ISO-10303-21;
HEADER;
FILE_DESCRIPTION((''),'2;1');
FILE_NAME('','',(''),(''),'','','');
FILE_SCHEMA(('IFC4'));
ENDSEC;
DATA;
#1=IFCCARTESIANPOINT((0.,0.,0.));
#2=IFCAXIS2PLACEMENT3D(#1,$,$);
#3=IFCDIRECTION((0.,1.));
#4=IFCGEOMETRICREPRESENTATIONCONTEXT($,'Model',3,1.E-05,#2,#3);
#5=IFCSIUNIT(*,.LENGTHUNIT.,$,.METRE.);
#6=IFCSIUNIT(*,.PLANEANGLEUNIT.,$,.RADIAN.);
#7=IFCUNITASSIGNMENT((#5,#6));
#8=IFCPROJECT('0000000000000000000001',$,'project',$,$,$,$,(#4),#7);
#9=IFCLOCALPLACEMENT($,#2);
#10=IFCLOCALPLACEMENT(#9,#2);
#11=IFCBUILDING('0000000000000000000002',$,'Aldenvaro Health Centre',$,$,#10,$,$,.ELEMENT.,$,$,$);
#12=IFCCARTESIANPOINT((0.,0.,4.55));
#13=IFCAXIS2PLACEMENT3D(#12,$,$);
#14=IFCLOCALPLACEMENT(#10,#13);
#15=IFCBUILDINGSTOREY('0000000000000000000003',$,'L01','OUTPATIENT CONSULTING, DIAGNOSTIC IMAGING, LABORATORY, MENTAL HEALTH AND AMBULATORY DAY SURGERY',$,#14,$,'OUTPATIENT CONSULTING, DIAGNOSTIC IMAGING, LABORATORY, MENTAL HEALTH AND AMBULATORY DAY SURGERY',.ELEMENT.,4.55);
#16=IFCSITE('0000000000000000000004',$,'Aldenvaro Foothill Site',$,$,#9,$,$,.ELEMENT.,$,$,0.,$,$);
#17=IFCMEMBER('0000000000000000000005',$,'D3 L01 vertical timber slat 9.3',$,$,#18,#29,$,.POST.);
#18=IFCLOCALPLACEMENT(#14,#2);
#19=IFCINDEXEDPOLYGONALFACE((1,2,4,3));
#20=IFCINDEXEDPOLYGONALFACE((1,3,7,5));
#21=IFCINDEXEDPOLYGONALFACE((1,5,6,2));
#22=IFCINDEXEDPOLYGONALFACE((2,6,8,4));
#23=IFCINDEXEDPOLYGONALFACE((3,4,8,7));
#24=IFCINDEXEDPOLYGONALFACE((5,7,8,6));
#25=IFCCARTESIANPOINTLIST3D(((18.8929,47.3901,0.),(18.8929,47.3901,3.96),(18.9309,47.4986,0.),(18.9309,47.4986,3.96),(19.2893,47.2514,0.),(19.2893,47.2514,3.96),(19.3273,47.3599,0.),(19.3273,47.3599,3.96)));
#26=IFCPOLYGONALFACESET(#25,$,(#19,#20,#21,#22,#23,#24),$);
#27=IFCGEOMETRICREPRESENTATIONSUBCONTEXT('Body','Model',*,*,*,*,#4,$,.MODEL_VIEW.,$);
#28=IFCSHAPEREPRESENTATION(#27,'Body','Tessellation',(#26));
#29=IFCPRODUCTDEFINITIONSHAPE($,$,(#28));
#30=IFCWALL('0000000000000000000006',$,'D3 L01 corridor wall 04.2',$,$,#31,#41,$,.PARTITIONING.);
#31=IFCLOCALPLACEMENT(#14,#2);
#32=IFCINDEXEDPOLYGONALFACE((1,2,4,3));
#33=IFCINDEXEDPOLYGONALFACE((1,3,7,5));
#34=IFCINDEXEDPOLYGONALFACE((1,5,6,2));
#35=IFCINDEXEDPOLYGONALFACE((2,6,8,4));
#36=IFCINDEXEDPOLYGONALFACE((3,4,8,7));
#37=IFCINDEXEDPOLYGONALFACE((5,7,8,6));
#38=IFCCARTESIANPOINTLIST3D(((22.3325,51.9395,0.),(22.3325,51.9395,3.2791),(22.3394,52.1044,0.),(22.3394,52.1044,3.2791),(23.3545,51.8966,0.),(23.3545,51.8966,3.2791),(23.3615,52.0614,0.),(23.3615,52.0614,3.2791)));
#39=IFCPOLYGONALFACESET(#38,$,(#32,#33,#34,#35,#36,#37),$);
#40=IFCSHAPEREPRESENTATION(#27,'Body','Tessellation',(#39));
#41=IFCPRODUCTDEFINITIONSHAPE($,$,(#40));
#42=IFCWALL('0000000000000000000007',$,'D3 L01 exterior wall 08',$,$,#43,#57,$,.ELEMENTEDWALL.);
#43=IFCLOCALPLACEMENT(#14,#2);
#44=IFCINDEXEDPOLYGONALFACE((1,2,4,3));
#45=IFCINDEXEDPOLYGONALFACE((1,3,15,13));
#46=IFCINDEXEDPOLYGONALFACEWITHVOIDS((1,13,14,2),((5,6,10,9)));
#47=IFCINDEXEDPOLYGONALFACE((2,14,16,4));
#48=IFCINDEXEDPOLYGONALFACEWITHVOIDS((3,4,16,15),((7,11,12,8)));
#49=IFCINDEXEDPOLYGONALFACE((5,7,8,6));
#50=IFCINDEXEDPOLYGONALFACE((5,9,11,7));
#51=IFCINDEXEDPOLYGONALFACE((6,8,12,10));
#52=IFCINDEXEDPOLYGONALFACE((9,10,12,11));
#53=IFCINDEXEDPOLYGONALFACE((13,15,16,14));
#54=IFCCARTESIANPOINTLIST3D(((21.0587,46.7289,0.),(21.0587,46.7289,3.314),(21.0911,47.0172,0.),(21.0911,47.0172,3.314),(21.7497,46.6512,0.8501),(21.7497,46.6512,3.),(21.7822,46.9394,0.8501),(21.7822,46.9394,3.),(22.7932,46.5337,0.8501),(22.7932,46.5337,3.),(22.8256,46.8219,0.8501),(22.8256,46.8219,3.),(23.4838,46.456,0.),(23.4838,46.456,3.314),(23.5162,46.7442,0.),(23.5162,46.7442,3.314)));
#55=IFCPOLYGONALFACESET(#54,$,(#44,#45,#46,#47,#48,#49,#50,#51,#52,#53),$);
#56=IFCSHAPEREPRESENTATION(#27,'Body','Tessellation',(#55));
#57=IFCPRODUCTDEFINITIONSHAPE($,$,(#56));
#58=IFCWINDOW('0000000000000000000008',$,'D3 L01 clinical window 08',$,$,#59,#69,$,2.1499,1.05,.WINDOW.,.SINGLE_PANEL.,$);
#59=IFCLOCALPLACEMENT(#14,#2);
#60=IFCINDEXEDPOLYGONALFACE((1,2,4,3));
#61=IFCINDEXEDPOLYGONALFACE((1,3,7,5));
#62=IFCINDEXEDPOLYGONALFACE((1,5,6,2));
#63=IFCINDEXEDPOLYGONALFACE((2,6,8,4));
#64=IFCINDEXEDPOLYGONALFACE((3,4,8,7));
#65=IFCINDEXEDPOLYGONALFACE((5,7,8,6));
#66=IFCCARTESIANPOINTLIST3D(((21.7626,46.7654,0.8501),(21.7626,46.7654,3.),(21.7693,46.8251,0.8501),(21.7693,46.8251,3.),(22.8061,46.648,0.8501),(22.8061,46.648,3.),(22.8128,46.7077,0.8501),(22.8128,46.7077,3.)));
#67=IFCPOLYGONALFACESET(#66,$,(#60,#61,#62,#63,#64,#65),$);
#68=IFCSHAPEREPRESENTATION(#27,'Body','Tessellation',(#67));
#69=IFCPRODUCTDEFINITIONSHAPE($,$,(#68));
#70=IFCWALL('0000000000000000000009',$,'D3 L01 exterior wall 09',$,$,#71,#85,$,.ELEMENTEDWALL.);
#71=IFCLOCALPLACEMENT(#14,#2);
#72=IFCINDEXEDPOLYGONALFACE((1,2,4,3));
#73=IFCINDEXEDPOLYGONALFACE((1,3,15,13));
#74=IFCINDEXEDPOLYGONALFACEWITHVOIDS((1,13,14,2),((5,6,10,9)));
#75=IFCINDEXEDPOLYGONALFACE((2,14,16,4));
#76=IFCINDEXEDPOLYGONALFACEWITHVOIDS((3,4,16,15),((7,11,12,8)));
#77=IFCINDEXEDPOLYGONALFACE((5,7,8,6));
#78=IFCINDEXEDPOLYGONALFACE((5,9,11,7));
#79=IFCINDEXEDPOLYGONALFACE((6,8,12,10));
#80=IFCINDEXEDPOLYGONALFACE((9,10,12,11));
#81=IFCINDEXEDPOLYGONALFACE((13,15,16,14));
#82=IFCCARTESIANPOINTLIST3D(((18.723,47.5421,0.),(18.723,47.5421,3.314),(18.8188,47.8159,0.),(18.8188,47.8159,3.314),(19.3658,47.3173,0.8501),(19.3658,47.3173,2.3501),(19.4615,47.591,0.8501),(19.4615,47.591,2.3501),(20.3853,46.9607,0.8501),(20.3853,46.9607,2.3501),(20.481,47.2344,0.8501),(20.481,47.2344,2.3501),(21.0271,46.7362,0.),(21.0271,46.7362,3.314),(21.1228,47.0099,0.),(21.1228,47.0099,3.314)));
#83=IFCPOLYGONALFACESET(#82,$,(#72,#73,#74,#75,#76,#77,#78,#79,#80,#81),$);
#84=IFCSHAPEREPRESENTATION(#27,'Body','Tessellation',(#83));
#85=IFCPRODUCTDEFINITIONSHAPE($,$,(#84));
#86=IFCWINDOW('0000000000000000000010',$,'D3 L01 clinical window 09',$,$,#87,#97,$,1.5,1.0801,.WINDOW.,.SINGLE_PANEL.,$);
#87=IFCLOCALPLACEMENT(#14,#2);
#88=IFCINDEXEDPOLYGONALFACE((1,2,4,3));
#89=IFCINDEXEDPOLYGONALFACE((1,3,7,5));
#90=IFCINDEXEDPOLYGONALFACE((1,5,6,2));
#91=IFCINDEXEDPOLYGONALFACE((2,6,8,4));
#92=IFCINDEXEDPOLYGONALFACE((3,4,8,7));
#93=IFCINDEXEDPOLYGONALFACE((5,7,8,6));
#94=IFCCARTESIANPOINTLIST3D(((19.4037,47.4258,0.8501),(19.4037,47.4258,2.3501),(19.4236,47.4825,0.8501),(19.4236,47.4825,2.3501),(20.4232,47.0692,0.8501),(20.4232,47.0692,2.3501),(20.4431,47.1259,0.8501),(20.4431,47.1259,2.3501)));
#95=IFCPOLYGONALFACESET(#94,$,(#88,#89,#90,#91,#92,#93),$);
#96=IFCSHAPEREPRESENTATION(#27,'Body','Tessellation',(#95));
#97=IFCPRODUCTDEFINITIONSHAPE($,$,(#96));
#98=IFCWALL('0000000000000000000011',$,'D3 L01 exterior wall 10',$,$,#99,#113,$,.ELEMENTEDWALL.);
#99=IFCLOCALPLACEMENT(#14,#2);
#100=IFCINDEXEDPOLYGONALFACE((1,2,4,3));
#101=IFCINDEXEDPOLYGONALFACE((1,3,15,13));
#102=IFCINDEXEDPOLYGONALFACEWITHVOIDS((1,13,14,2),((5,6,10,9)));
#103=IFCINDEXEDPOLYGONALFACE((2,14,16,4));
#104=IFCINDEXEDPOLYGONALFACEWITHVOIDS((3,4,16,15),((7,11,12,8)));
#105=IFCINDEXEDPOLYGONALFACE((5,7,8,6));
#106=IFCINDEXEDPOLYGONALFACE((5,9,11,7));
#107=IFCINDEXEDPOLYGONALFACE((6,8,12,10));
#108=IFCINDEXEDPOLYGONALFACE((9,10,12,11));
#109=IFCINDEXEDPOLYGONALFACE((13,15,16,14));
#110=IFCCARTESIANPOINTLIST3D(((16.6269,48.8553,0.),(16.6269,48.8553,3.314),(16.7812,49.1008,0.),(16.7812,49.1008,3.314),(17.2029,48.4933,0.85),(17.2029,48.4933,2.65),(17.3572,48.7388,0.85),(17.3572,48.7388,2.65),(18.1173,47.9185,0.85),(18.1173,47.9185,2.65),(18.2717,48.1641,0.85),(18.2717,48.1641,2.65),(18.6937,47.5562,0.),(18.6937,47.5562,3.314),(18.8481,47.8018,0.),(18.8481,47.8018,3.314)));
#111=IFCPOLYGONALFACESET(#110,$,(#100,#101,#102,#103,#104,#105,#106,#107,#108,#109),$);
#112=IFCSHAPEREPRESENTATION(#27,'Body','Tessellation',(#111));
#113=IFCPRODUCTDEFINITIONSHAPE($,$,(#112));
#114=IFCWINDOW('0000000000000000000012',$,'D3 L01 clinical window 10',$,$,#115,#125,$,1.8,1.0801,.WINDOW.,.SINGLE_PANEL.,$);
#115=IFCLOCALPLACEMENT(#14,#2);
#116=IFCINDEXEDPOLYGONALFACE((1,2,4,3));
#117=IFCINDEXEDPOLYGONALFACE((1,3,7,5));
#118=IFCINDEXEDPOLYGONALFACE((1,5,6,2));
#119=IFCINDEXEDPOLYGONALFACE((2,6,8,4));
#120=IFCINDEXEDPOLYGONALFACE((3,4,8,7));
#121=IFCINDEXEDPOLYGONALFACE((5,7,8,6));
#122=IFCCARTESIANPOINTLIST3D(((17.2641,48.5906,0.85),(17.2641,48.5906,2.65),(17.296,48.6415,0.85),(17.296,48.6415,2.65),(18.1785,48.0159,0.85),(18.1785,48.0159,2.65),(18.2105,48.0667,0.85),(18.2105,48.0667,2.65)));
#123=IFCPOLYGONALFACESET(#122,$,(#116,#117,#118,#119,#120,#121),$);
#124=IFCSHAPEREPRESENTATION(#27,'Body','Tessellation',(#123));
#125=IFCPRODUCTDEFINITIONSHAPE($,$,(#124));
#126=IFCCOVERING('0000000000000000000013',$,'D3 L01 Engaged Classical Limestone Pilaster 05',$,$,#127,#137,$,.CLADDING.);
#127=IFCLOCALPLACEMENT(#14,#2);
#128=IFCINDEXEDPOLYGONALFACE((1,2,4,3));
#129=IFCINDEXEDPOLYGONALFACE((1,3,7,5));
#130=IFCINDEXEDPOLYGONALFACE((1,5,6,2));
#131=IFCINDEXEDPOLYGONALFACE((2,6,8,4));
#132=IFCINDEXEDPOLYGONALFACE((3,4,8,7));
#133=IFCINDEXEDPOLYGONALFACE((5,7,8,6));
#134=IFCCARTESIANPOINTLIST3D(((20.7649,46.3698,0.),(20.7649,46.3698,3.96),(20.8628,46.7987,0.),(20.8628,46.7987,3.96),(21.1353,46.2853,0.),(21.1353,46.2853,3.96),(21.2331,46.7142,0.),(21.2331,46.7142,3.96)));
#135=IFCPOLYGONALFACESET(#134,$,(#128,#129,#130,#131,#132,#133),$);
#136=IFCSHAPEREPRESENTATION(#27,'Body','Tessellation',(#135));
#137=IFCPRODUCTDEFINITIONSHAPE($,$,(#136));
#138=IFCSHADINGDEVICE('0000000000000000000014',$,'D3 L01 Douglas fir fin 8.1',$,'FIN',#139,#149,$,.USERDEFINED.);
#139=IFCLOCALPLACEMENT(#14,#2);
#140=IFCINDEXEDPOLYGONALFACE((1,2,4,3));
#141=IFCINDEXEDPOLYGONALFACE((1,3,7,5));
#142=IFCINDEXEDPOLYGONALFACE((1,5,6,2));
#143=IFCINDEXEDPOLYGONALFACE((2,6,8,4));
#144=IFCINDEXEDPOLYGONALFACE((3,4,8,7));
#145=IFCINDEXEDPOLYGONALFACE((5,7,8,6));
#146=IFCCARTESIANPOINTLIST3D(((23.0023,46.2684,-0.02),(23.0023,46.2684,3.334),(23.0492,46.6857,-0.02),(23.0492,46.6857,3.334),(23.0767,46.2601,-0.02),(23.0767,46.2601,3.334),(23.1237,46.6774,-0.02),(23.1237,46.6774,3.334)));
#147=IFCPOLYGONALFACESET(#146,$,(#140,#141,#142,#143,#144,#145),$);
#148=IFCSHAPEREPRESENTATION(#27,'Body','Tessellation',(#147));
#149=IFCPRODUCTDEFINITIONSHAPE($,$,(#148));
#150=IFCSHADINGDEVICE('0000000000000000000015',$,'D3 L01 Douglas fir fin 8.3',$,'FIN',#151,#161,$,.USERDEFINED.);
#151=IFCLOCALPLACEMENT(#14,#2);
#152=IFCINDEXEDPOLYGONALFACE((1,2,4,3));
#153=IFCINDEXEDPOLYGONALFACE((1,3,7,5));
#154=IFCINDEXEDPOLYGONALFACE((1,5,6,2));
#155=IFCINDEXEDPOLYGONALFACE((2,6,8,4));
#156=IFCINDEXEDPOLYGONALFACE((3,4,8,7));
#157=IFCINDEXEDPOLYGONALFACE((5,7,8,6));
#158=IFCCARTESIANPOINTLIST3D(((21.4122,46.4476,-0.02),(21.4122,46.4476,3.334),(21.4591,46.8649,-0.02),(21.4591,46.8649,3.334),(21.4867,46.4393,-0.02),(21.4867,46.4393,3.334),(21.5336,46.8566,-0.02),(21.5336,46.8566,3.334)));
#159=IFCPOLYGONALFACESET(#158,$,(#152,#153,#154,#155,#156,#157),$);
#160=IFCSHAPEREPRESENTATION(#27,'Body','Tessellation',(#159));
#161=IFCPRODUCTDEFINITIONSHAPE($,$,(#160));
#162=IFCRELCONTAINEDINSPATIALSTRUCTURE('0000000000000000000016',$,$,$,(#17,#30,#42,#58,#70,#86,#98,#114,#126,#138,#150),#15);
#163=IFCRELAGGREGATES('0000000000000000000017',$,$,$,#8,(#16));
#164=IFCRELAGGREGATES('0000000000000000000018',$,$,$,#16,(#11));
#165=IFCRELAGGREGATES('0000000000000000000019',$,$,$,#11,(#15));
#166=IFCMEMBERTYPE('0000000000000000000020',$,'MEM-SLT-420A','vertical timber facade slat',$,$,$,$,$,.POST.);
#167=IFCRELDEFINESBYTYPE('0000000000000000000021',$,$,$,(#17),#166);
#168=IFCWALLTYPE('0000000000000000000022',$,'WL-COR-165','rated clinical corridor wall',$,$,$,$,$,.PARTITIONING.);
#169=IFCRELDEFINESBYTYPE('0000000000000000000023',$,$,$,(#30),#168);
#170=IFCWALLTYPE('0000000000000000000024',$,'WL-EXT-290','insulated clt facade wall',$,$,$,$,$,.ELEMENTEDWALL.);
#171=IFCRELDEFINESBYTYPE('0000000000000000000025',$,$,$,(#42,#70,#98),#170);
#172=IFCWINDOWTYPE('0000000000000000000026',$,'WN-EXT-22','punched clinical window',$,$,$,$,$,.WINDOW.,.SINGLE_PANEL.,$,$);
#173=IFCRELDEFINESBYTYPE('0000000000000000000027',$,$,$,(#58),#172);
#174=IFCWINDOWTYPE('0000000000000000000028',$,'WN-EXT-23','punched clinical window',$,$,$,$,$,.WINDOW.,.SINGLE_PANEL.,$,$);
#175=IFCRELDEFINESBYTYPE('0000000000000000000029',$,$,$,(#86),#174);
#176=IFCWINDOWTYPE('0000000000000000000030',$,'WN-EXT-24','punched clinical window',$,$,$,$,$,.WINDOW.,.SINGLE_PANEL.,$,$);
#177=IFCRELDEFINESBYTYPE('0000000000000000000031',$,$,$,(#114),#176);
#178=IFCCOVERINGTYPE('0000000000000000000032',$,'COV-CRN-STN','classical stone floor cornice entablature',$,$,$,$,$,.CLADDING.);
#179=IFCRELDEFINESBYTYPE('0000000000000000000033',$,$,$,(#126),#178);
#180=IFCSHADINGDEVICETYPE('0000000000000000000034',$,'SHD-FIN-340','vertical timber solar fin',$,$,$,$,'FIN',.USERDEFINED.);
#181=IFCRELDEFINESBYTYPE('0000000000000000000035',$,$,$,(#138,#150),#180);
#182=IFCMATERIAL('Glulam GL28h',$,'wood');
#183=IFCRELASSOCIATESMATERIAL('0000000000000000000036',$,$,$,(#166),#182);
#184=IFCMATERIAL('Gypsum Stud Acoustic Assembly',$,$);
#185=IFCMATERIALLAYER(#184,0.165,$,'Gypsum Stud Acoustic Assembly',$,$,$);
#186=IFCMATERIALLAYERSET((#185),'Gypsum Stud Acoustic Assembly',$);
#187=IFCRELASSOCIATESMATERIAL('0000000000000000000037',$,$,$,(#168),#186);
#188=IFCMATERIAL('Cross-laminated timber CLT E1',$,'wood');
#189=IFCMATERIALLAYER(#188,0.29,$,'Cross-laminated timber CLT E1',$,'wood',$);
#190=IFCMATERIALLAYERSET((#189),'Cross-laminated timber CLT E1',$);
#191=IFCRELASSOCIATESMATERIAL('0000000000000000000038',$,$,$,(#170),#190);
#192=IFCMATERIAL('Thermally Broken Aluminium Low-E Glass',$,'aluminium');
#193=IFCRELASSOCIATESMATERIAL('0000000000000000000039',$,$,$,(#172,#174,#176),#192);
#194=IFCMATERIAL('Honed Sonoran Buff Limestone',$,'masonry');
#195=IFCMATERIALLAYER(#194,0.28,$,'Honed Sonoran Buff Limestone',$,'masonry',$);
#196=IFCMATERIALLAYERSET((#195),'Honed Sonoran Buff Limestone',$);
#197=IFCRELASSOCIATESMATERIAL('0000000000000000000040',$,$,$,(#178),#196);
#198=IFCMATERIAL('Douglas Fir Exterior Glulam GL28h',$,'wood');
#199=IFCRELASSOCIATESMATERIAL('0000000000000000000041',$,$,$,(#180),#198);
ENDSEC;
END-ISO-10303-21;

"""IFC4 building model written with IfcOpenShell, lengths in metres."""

from ifc_helpers import new_model, si_unit, direction, frame, frame_2d, origin, origin_2d, place, context, subcontext, project, spatial, rectangle, extrude, material, layer, layer_set, material_profile, profile_set, type_object, element, fill, save


model = new_model("IFC4")

# Units and contexts
model_context = context("Model", 3, precision=1e-05, world=origin(), true_north=direction((0.0, 1.0)))
body_context = subcontext(model_context, "Body", "Model", "MODEL_VIEW")
ifc_project = project(units=[si_unit("LENGTHUNIT", "METRE"), si_unit("PLANEANGLEUNIT", "RADIAN")], contexts=[model_context])

# Site, building, storey
site_placement = place(None, origin())
site = spatial("IfcSite", under=ifc_project, at=site_placement, Name="Aldenvaro Foothill Site", CompositionType="ELEMENT", RefElevation=0.0)
building_placement = place(site_placement, origin())
building = spatial("IfcBuilding", under=site, at=building_placement, Name="Aldenvaro Health Centre", CompositionType="ELEMENT")
storey_placement = place(building_placement, frame((0.0, 0.0, 4.55)))
storey = spatial("IfcBuildingStorey", under=building, at=storey_placement, Name="L01", Description="OUTPATIENT CONSULTING, DIAGNOSTIC IMAGING, LABORATORY, MENTAL HEALTH AND AMBULATORY DAY SURGERY", LongName="OUTPATIENT CONSULTING, DIAGNOSTIC IMAGING, LABORATORY, MENTAL HEALTH AND AMBULATORY DAY SURGERY", CompositionType="ELEMENT", Elevation=4.55)

# Shared definitions
ifc_material_1 = material(Name="Glulam GL28h", Category="wood")

# Member
ifc_material_profile_1 = material_profile(ifc_material_1, rectangle(XDim=0.115, YDim=0.4199, at=origin_2d()), Name="GL 115x420", Category="wood")
ifc_profile_set_1 = profile_set([ifc_material_profile_1], Name="Glulam GL28h")
member_type_1 = type_object("IfcMemberType", Name="MEM-SLT-420A", Description="vertical timber facade slat", PredefinedType="POST", material=ifc_profile_set_1)
for number, where, z_axis, x_axis, name in (
    (1, (19.1101, 47.375, 0.0), (0.0, 0.0, 1.0), (-0.330204, -0.943909, 0.0), "D3 L01 vertical timber slat 9.3"),
):
    element("IfcMember", number, at=place(storey_placement, frame(where, z_axis=z_axis, x_axis=x_axis)), inside=storey, type_object=member_type_1, Name=name, PredefinedType="POST", context=body_context, shape_type="SweptSolid", body=[
        extrude(rectangle(XDim=0.115, YDim=0.4199, at=origin_2d()), origin(), (0.0, 0.0, 1.0), 3.96),
    ])

# Wall
ifc_material_2 = material(Name="Gypsum Stud Acoustic Assembly")
ifc_layer_1 = layer(ifc_material_2, 0.165, Name="Gypsum Stud Acoustic Assembly")
ifc_layer_set_1 = layer_set([ifc_layer_1], Name="Gypsum Stud Acoustic Assembly")
wall_type_1 = type_object("IfcWallType", Name="WL-COR-165", Description="rated clinical corridor wall", PredefinedType="PARTITIONING", material=ifc_layer_set_1)
wall_1_placement = place(storey_placement, frame((22.3359, 52.022, 0.0), z_axis=(0.0, 0.0, 1.0), x_axis=(0.999117, -0.042008, 0.0)))
element("IfcWall", 2, at=wall_1_placement, inside=storey, type_object=wall_type_1, Name="D3 L01 corridor wall 04.2", PredefinedType="PARTITIONING", context=body_context, shape_type="SweptSolid", body=[
    extrude(rectangle(XDim=1.0229, YDim=0.165, at=frame_2d((0.5115, 0.0))), origin(), (0.0, 0.0, 1.0), 3.2791),
])

# Walls, openings, windows
ifc_material_3 = material(Name="Cross-laminated timber CLT E1", Category="wood")
ifc_layer_2 = layer(ifc_material_3, 0.29, Name="Cross-laminated timber CLT E1", Category="wood")
ifc_layer_set_2 = layer_set([ifc_layer_2], Name="Cross-laminated timber CLT E1")
wall_type_2 = type_object("IfcWallType", Name="WL-EXT-290", Description="insulated clt facade wall", PredefinedType="ELEMENTEDWALL", material=ifc_layer_set_2)
wall_2_placement = place(storey_placement, frame((23.5, 46.6001, 0.0), z_axis=(0.0, 0.0, 1.0), x_axis=(-0.993725, 0.111848, 0.0)))
wall_2 = element("IfcWall", 3, at=wall_2_placement, inside=storey, type_object=wall_type_2, Name="D3 L01 exterior wall 08", PredefinedType="ELEMENTEDWALL", context=body_context, shape_type="SweptSolid", body=[
    extrude(rectangle(XDim=2.4404, YDim=0.29, at=frame_2d((1.2202, 0.0))), origin(), (0.0, 0.0, 1.0), 3.314),
])
opening_1_placement = place(wall_2_placement, frame((0.6951, 0.0, 0.8501)))
opening_1 = element("IfcOpeningElement", 4, at=opening_1_placement, cuts=wall_2, PredefinedType="OPENING", context=body_context, shape_type="SweptSolid", body=[
    extrude(rectangle(XDim=1.05, YDim=2.1499, at=frame_2d((0.5249, 1.075))), frame((0.0, 0.155, 0.0), z_axis=(0.0, -1.0, 0.0), x_axis=(1.0, 0.0, 0.0)), (0.0, 0.0, 1.0), 0.3101),
])
ifc_material_4 = material(Name="Thermally Broken Aluminium Low-E Glass", Category="aluminium")
window_type_1 = type_object("IfcWindowType", Name="WN-EXT-22", Description="punched clinical window", PartitioningType="SINGLE_PANEL", PredefinedType="WINDOW", material=ifc_material_4)
window_1_placement = place(opening_1_placement, origin())
window_1 = element("IfcWindow", 5, at=window_1_placement, inside=storey, type_object=window_type_1, Name="D3 L01 clinical window 08", OverallHeight=2.1499, OverallWidth=1.05, PartitioningType="SINGLE_PANEL", PredefinedType="WINDOW", context=body_context, shape_type="SweptSolid", body=[
    extrude(rectangle(XDim=1.05, YDim=2.1499, at=frame_2d((0.5249, 1.075))), frame((0.0, 0.03, 0.0), z_axis=(0.0, -1.0, 0.0), x_axis=(1.0, 0.0, 0.0)), (0.0, 0.0, 1.0), 0.0601),
])
fill(opening_1, window_1)
wall_3_placement = place(storey_placement, frame((21.075, 46.873, 0.0), z_axis=(0.0, 0.0, 1.0), x_axis=(-0.943919, 0.330177, 0.0)))
wall_3 = element("IfcWall", 6, at=wall_3_placement, inside=storey, type_object=wall_type_2, Name="D3 L01 exterior wall 09", PredefinedType="ELEMENTEDWALL", context=body_context, shape_type="SweptSolid", body=[
    extrude(rectangle(XDim=2.4409, YDim=0.29, at=frame_2d((1.2205, 0.0))), origin(), (0.0, 0.0, 1.0), 3.314),
])
opening_2_placement = place(wall_3_placement, frame((0.6799, 0.0, 0.8501)))
opening_2 = element("IfcOpeningElement", 7, at=opening_2_placement, cuts=wall_3, PredefinedType="OPENING", context=body_context, shape_type="SweptSolid", body=[
    extrude(rectangle(XDim=1.0801, YDim=1.5, at=frame_2d((0.54, 0.75))), frame((0.0, 0.155, 0.0), z_axis=(0.0, -1.0, 0.0), x_axis=(1.0, 0.0, 0.0)), (0.0, 0.0, 1.0), 0.3101),
])
window_type_2 = type_object("IfcWindowType", Name="WN-EXT-23", Description="punched clinical window", PartitioningType="SINGLE_PANEL", PredefinedType="WINDOW", material=ifc_material_4)
window_2_placement = place(opening_2_placement, origin())
window_2 = element("IfcWindow", 8, at=window_2_placement, inside=storey, type_object=window_type_2, Name="D3 L01 clinical window 09", OverallHeight=1.5, OverallWidth=1.0801, PartitioningType="SINGLE_PANEL", PredefinedType="WINDOW", context=body_context, shape_type="SweptSolid", body=[
    extrude(rectangle(XDim=1.0801, YDim=1.5, at=frame_2d((0.54, 0.75))), frame((0.0, 0.03, 0.0), z_axis=(0.0, -1.0, 0.0), x_axis=(1.0, 0.0, 0.0)), (0.0, 0.0, 1.0), 0.0601),
])
fill(opening_2, window_2)
wall_4_placement = place(storey_placement, frame((18.771, 47.679, 0.0), z_axis=(0.0, 0.0, 1.0), x_axis=(-0.846658, 0.532137, 0.0)))
wall_4 = element("IfcWall", 9, at=wall_4_placement, inside=storey, type_object=wall_type_2, Name="D3 L01 exterior wall 10", PredefinedType="ELEMENTEDWALL", context=body_context, shape_type="SweptSolid", body=[
    extrude(rectangle(XDim=2.4412, YDim=0.29, at=frame_2d((1.2207, 0.0))), origin(), (0.0, 0.0, 1.0), 3.314),
])
opening_3_placement = place(wall_4_placement, frame((0.6809, 0.0, 0.8501)))
opening_3 = element("IfcOpeningElement", 10, at=opening_3_placement, cuts=wall_4, PredefinedType="OPENING", context=body_context, shape_type="SweptSolid", body=[
    extrude(rectangle(XDim=1.0801, YDim=1.8, at=frame_2d((0.54, 0.8999))), frame((0.0, 0.155, 0.0), z_axis=(0.0, -1.0, 0.0), x_axis=(1.0, 0.0, 0.0)), (0.0, 0.0, 1.0), 0.3101),
])
window_type_3 = type_object("IfcWindowType", Name="WN-EXT-24", Description="punched clinical window", PartitioningType="SINGLE_PANEL", PredefinedType="WINDOW", material=ifc_material_4)
window_3_placement = place(opening_3_placement, origin())
window_3 = element("IfcWindow", 11, at=window_3_placement, inside=storey, type_object=window_type_3, Name="D3 L01 clinical window 10", OverallHeight=1.8, OverallWidth=1.0801, PartitioningType="SINGLE_PANEL", PredefinedType="WINDOW", context=body_context, shape_type="SweptSolid", body=[
    extrude(rectangle(XDim=1.0801, YDim=1.8, at=frame_2d((0.54, 0.8999))), frame((0.0, 0.03, 0.0), z_axis=(0.0, -1.0, 0.0), x_axis=(1.0, 0.0, 0.0)), (0.0, 0.0, 1.0), 0.0601),
])
fill(opening_3, window_3)

# Covering
ifc_material_5 = material(Name="Honed Sonoran Buff Limestone", Category="masonry")
ifc_layer_3 = layer(ifc_material_5, 0.28, Name="Honed Sonoran Buff Limestone", Category="masonry")
ifc_layer_set_3 = layer_set([ifc_layer_3], Name="Honed Sonoran Buff Limestone")
covering_type = type_object("IfcCoveringType", Name="COV-CRN-STN", Description="classical stone floor cornice entablature", PredefinedType="CLADDING", material=ifc_layer_set_3)
covering_placement = place(storey_placement, frame((20.999, 46.542, 0.0), z_axis=(0.0, 0.0, 1.0), x_axis=(-0.222474, -0.974939, 0.0)))
element("IfcCovering", 12, at=covering_placement, inside=storey, type_object=covering_type, Name="D3 L01 Engaged Classical Limestone Pilaster 05", PredefinedType="CLADDING", context=body_context, shape_type="SweptSolid", body=[
    extrude(rectangle(XDim=0.4399, YDim=0.3799, at=origin_2d()), origin(), (0.0, 0.0, 1.0), 3.96),
])

# Shading devices
ifc_material_6 = material(Name="Douglas Fir Exterior Glulam GL28h", Category="wood")
shading_device_type_1 = type_object("IfcShadingDeviceType", Name="SHD-FIN-340", Description="vertical timber solar fin", ElementType="FIN", PredefinedType="USERDEFINED", material=ifc_material_6)
for number, where, z_axis, x_axis, name in (
    (13, (23.063, 46.4729, -0.02), (0.0, 0.0, 1.0), (-0.993723, 0.111871, 0.0), "D3 L01 Douglas fir fin 8.1"),
    (14, (21.4729, 46.6521, -0.02), (0.0, 0.0, 1.0), (-0.993723, 0.111871, 0.0), "D3 L01 Douglas fir fin 8.3"),
):
    element("IfcShadingDevice", number, at=place(storey_placement, frame(where, z_axis=z_axis, x_axis=x_axis)), inside=storey, type_object=shading_device_type_1, Name=name, ObjectType="FIN", PredefinedType="USERDEFINED", context=body_context, shape_type="SweptSolid", body=[
        extrude(rectangle(XDim=0.075, YDim=0.4199, at=origin_2d()), origin(), (0.0, 0.0, 1.0), 3.354),
    ])

save(model, "model.ifc")
